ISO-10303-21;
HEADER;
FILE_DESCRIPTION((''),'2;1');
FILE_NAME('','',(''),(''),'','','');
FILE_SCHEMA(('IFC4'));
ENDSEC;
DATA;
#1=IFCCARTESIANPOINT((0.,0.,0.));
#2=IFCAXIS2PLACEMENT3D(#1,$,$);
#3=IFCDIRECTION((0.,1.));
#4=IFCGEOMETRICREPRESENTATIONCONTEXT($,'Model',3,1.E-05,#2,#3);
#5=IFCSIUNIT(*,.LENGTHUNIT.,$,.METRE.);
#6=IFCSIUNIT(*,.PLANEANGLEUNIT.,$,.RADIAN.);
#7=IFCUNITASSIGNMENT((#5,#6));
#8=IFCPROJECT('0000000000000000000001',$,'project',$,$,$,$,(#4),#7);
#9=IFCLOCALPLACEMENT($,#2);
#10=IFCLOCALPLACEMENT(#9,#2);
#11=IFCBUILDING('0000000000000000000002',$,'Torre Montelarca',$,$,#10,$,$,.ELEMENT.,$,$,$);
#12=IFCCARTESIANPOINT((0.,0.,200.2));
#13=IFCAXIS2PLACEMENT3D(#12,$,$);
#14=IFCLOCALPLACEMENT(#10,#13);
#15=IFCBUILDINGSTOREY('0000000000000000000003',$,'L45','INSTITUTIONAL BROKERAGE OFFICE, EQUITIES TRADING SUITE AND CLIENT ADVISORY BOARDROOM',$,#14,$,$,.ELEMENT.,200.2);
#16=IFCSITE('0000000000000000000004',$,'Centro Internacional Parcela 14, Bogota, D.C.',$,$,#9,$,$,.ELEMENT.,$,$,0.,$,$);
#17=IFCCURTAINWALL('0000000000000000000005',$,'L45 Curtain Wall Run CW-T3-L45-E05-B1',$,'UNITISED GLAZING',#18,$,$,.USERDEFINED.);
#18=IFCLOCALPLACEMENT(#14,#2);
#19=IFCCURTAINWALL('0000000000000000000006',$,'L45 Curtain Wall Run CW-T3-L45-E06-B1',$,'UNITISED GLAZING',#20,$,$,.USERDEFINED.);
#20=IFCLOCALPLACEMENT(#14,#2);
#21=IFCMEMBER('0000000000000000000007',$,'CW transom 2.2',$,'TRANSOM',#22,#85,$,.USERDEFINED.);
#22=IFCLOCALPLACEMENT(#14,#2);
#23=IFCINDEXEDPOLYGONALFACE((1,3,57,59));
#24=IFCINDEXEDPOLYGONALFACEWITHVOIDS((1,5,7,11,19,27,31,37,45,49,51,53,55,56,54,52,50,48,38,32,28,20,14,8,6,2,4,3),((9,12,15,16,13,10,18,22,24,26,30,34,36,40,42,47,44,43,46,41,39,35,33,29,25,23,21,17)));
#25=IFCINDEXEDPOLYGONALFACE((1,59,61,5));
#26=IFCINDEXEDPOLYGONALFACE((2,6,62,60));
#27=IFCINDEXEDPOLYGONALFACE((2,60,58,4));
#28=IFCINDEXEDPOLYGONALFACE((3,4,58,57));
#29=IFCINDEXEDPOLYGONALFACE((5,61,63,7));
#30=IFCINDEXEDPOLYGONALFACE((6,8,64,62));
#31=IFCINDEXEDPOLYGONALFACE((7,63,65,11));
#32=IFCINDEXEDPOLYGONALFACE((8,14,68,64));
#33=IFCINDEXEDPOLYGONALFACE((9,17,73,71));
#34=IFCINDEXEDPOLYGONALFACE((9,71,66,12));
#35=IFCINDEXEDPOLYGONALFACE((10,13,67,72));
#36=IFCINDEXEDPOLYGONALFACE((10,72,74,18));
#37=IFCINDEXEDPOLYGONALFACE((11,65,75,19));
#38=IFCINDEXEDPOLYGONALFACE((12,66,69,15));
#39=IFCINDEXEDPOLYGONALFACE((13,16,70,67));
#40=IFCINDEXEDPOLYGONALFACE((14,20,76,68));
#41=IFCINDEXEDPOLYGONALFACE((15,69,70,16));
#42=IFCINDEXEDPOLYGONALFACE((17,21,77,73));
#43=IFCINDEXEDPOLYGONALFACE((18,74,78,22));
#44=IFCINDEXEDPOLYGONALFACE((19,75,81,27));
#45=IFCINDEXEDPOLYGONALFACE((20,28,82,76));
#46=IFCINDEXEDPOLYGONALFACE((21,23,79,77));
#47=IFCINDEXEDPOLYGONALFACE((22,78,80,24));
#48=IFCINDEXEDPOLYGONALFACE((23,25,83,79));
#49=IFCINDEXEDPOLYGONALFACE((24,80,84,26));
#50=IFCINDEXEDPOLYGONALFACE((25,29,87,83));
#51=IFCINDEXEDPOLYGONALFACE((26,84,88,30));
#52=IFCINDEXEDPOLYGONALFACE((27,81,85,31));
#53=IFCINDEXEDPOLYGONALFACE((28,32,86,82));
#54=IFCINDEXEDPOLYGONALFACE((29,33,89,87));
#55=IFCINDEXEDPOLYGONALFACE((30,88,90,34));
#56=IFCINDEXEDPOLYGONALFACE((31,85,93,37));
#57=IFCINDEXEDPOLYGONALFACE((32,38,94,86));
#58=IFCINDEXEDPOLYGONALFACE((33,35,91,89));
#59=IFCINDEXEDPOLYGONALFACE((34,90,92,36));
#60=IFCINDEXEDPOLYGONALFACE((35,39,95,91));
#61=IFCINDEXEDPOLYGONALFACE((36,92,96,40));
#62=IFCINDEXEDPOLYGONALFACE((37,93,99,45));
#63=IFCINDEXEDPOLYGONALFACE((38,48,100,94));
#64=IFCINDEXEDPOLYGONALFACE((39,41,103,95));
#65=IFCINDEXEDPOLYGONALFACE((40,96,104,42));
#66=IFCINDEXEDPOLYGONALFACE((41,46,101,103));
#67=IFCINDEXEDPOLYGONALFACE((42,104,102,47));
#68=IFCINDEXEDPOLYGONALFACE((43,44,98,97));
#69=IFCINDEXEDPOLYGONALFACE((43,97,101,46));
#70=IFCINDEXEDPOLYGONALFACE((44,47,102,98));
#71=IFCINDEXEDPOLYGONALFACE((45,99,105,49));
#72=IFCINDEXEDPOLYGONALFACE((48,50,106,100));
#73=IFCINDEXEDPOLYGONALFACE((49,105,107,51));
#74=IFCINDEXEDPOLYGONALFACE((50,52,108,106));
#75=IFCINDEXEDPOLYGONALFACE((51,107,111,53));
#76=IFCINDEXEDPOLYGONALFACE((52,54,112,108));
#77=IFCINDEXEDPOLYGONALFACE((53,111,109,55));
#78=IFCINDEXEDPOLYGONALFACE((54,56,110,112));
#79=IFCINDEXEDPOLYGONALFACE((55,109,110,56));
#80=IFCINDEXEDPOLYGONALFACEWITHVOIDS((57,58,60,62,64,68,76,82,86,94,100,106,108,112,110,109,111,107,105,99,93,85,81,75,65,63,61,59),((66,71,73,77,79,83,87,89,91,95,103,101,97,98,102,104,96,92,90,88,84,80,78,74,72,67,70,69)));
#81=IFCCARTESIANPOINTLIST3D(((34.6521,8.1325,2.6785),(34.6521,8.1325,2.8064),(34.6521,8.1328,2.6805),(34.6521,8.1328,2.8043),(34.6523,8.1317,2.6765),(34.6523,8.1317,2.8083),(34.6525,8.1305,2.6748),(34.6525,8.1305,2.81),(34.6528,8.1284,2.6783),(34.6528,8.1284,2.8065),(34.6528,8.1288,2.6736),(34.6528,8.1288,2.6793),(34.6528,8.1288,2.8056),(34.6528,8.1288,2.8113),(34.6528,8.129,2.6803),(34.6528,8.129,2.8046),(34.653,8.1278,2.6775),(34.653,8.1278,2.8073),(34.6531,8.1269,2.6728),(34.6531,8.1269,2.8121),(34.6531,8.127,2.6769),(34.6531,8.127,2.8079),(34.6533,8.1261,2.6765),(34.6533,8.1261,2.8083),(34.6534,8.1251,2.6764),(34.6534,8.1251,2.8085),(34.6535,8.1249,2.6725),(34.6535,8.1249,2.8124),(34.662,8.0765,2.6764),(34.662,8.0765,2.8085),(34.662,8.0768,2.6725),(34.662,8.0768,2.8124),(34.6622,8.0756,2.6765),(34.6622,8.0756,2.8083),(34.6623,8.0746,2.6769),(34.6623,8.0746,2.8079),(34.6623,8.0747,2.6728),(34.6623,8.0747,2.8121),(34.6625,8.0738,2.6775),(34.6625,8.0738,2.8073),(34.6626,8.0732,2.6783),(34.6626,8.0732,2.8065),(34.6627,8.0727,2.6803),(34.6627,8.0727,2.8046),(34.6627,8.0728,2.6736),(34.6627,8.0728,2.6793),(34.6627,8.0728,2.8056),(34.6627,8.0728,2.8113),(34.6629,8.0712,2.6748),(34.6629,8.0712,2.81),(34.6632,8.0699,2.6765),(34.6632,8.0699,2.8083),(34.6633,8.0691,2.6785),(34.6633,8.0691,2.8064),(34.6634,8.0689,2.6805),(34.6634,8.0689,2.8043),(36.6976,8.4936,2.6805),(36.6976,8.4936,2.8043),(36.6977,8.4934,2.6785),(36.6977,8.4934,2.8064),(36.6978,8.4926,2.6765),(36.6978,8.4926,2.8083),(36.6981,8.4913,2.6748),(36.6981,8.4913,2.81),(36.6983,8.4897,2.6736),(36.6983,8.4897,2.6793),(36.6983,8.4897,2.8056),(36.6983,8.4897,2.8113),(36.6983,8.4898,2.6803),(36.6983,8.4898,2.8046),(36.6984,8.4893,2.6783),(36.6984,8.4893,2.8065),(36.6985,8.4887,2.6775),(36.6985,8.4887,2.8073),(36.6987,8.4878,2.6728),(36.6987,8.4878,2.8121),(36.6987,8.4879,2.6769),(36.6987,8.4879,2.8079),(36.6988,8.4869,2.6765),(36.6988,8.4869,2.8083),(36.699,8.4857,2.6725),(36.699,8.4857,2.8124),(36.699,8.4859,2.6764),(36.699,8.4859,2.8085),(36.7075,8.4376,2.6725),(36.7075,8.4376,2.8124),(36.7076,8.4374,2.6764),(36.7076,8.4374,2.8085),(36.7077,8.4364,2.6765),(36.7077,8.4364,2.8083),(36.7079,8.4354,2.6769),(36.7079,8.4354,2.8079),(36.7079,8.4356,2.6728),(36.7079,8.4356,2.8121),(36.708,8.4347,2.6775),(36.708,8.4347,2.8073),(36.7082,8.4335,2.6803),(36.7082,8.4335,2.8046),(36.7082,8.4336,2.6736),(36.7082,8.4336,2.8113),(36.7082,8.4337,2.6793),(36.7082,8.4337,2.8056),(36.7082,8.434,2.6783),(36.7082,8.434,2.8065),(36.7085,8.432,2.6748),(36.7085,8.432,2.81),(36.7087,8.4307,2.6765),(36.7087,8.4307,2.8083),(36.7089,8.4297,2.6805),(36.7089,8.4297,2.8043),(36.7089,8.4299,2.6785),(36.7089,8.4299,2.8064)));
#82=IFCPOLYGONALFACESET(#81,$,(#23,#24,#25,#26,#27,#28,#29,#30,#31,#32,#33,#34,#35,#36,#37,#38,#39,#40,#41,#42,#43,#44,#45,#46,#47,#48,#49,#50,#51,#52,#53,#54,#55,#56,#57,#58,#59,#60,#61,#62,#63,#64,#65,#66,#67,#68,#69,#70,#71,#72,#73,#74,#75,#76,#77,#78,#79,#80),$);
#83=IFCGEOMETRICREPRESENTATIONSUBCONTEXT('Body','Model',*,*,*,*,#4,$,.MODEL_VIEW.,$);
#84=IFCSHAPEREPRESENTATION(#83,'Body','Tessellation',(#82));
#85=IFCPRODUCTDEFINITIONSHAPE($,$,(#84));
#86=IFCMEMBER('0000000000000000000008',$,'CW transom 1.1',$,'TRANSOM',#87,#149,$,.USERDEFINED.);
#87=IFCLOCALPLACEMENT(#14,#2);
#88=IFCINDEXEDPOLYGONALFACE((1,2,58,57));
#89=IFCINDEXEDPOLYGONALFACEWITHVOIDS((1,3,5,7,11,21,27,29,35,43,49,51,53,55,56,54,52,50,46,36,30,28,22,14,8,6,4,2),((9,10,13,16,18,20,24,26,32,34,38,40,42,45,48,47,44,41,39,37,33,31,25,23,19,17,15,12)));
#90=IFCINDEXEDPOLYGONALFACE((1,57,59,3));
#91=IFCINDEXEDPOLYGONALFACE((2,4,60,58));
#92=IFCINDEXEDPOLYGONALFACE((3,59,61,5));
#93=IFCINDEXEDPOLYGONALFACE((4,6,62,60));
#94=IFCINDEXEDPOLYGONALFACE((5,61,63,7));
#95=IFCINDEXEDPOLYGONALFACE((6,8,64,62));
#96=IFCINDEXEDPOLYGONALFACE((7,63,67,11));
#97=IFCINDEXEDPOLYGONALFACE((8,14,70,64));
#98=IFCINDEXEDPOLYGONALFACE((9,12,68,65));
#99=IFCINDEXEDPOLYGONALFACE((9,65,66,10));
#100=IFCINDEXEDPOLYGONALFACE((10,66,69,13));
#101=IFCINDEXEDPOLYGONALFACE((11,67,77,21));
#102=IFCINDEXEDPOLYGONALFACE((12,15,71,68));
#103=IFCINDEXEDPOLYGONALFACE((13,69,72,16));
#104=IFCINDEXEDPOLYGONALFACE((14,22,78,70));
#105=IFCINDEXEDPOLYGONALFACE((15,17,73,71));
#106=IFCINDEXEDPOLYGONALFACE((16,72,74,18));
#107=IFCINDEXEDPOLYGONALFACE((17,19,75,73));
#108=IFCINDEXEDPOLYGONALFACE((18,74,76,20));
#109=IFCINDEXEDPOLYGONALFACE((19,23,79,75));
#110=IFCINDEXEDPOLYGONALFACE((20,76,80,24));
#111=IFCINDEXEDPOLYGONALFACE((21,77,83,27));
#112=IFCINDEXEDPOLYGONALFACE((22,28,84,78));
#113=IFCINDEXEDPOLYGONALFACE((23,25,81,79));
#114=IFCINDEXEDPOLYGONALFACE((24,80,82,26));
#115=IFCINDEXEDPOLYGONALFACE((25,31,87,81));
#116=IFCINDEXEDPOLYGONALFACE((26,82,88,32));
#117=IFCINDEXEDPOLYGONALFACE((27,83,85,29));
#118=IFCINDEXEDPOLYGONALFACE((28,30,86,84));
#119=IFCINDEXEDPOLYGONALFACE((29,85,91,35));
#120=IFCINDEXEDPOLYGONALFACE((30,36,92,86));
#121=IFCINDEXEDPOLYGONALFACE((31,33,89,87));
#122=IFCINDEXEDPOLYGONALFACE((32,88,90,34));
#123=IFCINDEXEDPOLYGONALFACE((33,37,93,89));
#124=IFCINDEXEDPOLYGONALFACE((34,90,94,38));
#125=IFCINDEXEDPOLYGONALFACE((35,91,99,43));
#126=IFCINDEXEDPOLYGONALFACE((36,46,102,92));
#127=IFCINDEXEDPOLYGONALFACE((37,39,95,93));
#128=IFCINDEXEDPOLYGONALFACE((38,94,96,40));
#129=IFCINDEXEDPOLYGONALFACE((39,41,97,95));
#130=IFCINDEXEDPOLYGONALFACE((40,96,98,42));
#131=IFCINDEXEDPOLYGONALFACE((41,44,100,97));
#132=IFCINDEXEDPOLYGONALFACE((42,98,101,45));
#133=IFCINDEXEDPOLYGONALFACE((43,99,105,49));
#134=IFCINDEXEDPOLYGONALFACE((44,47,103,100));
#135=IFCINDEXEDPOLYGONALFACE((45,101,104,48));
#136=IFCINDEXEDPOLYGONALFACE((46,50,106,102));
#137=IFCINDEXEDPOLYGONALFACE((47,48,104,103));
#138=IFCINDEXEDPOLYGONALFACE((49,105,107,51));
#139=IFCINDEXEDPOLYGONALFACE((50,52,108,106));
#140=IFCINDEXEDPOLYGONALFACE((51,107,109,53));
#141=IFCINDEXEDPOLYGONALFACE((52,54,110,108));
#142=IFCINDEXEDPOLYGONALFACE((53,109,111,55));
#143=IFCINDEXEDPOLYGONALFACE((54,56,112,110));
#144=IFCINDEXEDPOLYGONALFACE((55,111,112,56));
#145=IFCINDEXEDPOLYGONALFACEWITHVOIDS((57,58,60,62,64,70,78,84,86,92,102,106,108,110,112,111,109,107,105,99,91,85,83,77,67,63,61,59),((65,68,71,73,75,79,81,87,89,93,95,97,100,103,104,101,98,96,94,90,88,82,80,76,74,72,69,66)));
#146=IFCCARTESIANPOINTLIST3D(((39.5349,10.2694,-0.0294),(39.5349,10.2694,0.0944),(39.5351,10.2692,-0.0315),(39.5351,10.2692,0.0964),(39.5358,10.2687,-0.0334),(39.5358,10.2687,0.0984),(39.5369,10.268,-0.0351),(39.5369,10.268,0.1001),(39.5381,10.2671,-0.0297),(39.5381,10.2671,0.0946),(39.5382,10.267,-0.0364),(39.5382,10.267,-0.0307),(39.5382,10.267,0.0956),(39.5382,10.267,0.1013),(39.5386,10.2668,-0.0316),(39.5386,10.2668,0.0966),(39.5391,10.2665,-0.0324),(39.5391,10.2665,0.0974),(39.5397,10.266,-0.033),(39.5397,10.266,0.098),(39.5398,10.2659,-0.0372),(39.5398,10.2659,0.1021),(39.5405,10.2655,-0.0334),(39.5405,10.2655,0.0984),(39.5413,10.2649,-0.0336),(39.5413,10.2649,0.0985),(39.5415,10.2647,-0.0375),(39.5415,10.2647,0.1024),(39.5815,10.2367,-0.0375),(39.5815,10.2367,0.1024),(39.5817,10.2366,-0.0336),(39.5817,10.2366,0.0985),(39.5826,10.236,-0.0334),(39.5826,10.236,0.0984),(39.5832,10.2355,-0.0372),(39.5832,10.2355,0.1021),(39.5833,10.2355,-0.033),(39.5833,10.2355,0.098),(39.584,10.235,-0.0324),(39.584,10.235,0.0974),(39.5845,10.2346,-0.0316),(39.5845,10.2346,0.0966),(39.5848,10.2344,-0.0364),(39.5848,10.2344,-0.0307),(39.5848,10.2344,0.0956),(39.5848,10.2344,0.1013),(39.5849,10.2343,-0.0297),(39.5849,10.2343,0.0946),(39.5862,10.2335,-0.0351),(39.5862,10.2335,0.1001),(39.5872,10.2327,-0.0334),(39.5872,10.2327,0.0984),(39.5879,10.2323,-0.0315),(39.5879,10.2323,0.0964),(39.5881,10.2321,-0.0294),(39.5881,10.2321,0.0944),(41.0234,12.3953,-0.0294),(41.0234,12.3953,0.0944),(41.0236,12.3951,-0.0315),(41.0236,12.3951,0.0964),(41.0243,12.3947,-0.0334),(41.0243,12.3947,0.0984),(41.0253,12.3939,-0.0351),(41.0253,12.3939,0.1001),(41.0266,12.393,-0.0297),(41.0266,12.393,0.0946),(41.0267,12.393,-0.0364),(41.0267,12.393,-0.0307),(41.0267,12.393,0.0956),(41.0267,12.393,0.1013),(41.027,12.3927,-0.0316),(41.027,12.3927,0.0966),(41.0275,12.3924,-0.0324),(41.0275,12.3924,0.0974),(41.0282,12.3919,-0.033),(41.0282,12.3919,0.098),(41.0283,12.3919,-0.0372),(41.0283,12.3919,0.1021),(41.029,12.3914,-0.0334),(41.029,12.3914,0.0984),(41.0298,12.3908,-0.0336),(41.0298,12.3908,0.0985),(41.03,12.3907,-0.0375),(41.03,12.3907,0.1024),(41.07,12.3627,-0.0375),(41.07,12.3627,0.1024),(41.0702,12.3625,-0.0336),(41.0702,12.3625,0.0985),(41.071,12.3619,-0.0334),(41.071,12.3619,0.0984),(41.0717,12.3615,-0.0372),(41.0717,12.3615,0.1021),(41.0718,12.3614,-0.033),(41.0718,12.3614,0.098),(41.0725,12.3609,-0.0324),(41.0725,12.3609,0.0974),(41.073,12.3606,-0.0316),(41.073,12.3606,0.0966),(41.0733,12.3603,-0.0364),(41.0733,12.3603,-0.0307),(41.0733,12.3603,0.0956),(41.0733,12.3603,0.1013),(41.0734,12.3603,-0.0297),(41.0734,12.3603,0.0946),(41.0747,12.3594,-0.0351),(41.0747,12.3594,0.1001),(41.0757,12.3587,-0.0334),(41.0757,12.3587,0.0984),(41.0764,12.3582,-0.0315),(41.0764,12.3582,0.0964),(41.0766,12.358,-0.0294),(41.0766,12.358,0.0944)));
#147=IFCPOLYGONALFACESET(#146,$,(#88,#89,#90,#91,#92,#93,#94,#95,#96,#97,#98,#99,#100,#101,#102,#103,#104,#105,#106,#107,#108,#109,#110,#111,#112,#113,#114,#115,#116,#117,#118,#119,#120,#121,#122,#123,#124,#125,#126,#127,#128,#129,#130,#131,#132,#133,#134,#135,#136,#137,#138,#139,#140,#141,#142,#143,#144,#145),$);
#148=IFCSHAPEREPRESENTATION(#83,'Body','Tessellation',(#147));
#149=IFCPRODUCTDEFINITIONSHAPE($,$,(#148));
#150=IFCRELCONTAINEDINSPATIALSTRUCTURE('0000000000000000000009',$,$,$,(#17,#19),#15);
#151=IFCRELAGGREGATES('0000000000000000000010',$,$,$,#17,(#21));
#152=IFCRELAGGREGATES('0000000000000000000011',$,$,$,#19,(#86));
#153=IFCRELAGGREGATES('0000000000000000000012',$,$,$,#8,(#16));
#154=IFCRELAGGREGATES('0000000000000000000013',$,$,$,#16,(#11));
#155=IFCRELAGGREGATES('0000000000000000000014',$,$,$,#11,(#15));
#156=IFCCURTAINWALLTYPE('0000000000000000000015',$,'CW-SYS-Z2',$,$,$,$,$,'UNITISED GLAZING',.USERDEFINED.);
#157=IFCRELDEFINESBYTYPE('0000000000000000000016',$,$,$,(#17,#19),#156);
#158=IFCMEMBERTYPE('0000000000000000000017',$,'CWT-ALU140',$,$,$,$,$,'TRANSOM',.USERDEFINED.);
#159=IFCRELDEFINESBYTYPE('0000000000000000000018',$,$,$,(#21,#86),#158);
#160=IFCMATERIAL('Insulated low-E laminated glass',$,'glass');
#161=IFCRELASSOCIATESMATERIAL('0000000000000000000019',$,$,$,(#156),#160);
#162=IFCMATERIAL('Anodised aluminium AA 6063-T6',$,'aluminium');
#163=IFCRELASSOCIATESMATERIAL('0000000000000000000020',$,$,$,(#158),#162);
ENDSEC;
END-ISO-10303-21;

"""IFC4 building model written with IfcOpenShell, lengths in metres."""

from ifc_helpers import new_model, si_unit, direction, frame, origin, origin_2d, place, context, subcontext, project, spatial, hollow_rectangle, extrude, source, transform, mapped, material, material_profile, profile_set, type_object, element, aggregate, save


model = new_model("IFC4")

# Units and contexts
model_context = context("Model", 3, precision=1e-05, world=origin(), true_north=direction((0.0, 1.0)))
body_context = subcontext(model_context, "Body", "Model", "MODEL_VIEW")
ifc_project = project(units=[si_unit("LENGTHUNIT", "METRE"), si_unit("PLANEANGLEUNIT", "RADIAN")], contexts=[model_context])

# Site, building, storey
site_placement = place(None, origin())
site = spatial("IfcSite", under=ifc_project, at=site_placement, Name="Centro Internacional Parcela 14, Bogota, D.C.", CompositionType="ELEMENT", RefElevation=0.0)
building_placement = place(site_placement, origin())
building = spatial("IfcBuilding", under=site, at=building_placement, Name="Torre Montelarca", CompositionType="ELEMENT")
storey_placement = place(building_placement, frame((0.0, 0.0, 200.2)))
storey = spatial("IfcBuildingStorey", under=building, at=storey_placement, Name="L45", Description="INSTITUTIONAL BROKERAGE OFFICE, EQUITIES TRADING SUITE AND CLIENT ADVISORY BOARDROOM", CompositionType="ELEMENT", Elevation=200.2)

# Curtain walls
ifc_material_1 = material(Name="Insulated low-E laminated glass", Category="glass")
curtain_wall_type = type_object("IfcCurtainWallType", Name="CW-SYS-Z2", ElementType="UNITISED GLAZING", PredefinedType="USERDEFINED", material=ifc_material_1)
curtain_wall_1_placement = place(storey_placement, origin())
curtain_wall_1 = element("IfcCurtainWall", 1, at=curtain_wall_1_placement, inside=storey, type_object=curtain_wall_type, Name="L45 Curtain Wall Run CW-T3-L45-E05-B1", ObjectType="UNITISED GLAZING", PredefinedType="USERDEFINED")
ifc_material_2 = material(Name="Anodised aluminium AA 6063-T6", Category="aluminium")
curtain_wall_2_placement = place(storey_placement, origin())
curtain_wall_2 = element("IfcCurtainWall", 2, at=curtain_wall_2_placement, inside=storey, type_object=curtain_wall_type, Name="L45 Curtain Wall Run CW-T3-L45-E06-B1", ObjectType="UNITISED GLAZING", PredefinedType="USERDEFINED")
ifc_material_profile_1 = material_profile(ifc_material_2, hollow_rectangle(XDim=0.0649, YDim=0.1399, WallThickness=0.0039, InnerFilletRadius=0.0039, OuterFilletRadius=0.0081, at=origin_2d()), Name="ALU65X140X4", Category="aluminium")
ifc_profile_set_1 = profile_set([ifc_material_profile_1], Name="Anodised aluminium AA 6063-T6")
member_type_1 = type_object("IfcMemberType", Name="CWT-ALU140", ElementType="TRANSOM", PredefinedType="USERDEFINED", material=ifc_profile_set_1)

# Members
shared_shape_1 = source(origin(), body_context, "Body", "SweptSolid", [
    extrude(hollow_rectangle(XDim=0.0649, YDim=0.1399, WallThickness=0.0039, InnerFilletRadius=0.0039, OuterFilletRadius=0.0081, at=origin_2d()), origin(), (0.0, 0.0, 1.0), 2.0771),
])
member_1_placement = place(storey_placement, frame((34.6577, 8.1008, 2.7424), z_axis=(0.984797, 0.173712, 0.0), x_axis=(-0.173712, 0.984797, 0.0)))
member_1 = element("IfcMember", 3, at=member_1_placement, type_object=member_type_1, Name="CW transom 2.2", ObjectType="TRANSOM", PredefinedType="USERDEFINED", context=body_context, shape_type="MappedRepresentation", body=[
    mapped(shared_shape_1, transform((0.0, 0.0, 0.0), scale=1.0)),
])
shared_shape_2 = source(origin(), body_context, "Body", "SweptSolid", [
    extrude(hollow_rectangle(XDim=0.0649, YDim=0.1399, WallThickness=0.0039, InnerFilletRadius=0.0039, OuterFilletRadius=0.0081, at=origin_2d()), origin(), (0.0, 0.0, 1.0), 2.5952),
])
member_2_placement = place(storey_placement, frame((39.5615, 10.2507, 0.0325), z_axis=(0.573551, 0.81917, 0.0), x_axis=(-0.81917, 0.573551, 0.0)))
member_2 = element("IfcMember", 4, at=member_2_placement, type_object=member_type_1, Name="CW transom 1.1", ObjectType="TRANSOM", PredefinedType="USERDEFINED", context=body_context, shape_type="MappedRepresentation", body=[
    mapped(shared_shape_2, transform((0.0, 0.0, 0.0), scale=1.0)),
])

aggregate(curtain_wall_1, [member_1])
aggregate(curtain_wall_2, [member_2])

save(model, "model.ifc")
